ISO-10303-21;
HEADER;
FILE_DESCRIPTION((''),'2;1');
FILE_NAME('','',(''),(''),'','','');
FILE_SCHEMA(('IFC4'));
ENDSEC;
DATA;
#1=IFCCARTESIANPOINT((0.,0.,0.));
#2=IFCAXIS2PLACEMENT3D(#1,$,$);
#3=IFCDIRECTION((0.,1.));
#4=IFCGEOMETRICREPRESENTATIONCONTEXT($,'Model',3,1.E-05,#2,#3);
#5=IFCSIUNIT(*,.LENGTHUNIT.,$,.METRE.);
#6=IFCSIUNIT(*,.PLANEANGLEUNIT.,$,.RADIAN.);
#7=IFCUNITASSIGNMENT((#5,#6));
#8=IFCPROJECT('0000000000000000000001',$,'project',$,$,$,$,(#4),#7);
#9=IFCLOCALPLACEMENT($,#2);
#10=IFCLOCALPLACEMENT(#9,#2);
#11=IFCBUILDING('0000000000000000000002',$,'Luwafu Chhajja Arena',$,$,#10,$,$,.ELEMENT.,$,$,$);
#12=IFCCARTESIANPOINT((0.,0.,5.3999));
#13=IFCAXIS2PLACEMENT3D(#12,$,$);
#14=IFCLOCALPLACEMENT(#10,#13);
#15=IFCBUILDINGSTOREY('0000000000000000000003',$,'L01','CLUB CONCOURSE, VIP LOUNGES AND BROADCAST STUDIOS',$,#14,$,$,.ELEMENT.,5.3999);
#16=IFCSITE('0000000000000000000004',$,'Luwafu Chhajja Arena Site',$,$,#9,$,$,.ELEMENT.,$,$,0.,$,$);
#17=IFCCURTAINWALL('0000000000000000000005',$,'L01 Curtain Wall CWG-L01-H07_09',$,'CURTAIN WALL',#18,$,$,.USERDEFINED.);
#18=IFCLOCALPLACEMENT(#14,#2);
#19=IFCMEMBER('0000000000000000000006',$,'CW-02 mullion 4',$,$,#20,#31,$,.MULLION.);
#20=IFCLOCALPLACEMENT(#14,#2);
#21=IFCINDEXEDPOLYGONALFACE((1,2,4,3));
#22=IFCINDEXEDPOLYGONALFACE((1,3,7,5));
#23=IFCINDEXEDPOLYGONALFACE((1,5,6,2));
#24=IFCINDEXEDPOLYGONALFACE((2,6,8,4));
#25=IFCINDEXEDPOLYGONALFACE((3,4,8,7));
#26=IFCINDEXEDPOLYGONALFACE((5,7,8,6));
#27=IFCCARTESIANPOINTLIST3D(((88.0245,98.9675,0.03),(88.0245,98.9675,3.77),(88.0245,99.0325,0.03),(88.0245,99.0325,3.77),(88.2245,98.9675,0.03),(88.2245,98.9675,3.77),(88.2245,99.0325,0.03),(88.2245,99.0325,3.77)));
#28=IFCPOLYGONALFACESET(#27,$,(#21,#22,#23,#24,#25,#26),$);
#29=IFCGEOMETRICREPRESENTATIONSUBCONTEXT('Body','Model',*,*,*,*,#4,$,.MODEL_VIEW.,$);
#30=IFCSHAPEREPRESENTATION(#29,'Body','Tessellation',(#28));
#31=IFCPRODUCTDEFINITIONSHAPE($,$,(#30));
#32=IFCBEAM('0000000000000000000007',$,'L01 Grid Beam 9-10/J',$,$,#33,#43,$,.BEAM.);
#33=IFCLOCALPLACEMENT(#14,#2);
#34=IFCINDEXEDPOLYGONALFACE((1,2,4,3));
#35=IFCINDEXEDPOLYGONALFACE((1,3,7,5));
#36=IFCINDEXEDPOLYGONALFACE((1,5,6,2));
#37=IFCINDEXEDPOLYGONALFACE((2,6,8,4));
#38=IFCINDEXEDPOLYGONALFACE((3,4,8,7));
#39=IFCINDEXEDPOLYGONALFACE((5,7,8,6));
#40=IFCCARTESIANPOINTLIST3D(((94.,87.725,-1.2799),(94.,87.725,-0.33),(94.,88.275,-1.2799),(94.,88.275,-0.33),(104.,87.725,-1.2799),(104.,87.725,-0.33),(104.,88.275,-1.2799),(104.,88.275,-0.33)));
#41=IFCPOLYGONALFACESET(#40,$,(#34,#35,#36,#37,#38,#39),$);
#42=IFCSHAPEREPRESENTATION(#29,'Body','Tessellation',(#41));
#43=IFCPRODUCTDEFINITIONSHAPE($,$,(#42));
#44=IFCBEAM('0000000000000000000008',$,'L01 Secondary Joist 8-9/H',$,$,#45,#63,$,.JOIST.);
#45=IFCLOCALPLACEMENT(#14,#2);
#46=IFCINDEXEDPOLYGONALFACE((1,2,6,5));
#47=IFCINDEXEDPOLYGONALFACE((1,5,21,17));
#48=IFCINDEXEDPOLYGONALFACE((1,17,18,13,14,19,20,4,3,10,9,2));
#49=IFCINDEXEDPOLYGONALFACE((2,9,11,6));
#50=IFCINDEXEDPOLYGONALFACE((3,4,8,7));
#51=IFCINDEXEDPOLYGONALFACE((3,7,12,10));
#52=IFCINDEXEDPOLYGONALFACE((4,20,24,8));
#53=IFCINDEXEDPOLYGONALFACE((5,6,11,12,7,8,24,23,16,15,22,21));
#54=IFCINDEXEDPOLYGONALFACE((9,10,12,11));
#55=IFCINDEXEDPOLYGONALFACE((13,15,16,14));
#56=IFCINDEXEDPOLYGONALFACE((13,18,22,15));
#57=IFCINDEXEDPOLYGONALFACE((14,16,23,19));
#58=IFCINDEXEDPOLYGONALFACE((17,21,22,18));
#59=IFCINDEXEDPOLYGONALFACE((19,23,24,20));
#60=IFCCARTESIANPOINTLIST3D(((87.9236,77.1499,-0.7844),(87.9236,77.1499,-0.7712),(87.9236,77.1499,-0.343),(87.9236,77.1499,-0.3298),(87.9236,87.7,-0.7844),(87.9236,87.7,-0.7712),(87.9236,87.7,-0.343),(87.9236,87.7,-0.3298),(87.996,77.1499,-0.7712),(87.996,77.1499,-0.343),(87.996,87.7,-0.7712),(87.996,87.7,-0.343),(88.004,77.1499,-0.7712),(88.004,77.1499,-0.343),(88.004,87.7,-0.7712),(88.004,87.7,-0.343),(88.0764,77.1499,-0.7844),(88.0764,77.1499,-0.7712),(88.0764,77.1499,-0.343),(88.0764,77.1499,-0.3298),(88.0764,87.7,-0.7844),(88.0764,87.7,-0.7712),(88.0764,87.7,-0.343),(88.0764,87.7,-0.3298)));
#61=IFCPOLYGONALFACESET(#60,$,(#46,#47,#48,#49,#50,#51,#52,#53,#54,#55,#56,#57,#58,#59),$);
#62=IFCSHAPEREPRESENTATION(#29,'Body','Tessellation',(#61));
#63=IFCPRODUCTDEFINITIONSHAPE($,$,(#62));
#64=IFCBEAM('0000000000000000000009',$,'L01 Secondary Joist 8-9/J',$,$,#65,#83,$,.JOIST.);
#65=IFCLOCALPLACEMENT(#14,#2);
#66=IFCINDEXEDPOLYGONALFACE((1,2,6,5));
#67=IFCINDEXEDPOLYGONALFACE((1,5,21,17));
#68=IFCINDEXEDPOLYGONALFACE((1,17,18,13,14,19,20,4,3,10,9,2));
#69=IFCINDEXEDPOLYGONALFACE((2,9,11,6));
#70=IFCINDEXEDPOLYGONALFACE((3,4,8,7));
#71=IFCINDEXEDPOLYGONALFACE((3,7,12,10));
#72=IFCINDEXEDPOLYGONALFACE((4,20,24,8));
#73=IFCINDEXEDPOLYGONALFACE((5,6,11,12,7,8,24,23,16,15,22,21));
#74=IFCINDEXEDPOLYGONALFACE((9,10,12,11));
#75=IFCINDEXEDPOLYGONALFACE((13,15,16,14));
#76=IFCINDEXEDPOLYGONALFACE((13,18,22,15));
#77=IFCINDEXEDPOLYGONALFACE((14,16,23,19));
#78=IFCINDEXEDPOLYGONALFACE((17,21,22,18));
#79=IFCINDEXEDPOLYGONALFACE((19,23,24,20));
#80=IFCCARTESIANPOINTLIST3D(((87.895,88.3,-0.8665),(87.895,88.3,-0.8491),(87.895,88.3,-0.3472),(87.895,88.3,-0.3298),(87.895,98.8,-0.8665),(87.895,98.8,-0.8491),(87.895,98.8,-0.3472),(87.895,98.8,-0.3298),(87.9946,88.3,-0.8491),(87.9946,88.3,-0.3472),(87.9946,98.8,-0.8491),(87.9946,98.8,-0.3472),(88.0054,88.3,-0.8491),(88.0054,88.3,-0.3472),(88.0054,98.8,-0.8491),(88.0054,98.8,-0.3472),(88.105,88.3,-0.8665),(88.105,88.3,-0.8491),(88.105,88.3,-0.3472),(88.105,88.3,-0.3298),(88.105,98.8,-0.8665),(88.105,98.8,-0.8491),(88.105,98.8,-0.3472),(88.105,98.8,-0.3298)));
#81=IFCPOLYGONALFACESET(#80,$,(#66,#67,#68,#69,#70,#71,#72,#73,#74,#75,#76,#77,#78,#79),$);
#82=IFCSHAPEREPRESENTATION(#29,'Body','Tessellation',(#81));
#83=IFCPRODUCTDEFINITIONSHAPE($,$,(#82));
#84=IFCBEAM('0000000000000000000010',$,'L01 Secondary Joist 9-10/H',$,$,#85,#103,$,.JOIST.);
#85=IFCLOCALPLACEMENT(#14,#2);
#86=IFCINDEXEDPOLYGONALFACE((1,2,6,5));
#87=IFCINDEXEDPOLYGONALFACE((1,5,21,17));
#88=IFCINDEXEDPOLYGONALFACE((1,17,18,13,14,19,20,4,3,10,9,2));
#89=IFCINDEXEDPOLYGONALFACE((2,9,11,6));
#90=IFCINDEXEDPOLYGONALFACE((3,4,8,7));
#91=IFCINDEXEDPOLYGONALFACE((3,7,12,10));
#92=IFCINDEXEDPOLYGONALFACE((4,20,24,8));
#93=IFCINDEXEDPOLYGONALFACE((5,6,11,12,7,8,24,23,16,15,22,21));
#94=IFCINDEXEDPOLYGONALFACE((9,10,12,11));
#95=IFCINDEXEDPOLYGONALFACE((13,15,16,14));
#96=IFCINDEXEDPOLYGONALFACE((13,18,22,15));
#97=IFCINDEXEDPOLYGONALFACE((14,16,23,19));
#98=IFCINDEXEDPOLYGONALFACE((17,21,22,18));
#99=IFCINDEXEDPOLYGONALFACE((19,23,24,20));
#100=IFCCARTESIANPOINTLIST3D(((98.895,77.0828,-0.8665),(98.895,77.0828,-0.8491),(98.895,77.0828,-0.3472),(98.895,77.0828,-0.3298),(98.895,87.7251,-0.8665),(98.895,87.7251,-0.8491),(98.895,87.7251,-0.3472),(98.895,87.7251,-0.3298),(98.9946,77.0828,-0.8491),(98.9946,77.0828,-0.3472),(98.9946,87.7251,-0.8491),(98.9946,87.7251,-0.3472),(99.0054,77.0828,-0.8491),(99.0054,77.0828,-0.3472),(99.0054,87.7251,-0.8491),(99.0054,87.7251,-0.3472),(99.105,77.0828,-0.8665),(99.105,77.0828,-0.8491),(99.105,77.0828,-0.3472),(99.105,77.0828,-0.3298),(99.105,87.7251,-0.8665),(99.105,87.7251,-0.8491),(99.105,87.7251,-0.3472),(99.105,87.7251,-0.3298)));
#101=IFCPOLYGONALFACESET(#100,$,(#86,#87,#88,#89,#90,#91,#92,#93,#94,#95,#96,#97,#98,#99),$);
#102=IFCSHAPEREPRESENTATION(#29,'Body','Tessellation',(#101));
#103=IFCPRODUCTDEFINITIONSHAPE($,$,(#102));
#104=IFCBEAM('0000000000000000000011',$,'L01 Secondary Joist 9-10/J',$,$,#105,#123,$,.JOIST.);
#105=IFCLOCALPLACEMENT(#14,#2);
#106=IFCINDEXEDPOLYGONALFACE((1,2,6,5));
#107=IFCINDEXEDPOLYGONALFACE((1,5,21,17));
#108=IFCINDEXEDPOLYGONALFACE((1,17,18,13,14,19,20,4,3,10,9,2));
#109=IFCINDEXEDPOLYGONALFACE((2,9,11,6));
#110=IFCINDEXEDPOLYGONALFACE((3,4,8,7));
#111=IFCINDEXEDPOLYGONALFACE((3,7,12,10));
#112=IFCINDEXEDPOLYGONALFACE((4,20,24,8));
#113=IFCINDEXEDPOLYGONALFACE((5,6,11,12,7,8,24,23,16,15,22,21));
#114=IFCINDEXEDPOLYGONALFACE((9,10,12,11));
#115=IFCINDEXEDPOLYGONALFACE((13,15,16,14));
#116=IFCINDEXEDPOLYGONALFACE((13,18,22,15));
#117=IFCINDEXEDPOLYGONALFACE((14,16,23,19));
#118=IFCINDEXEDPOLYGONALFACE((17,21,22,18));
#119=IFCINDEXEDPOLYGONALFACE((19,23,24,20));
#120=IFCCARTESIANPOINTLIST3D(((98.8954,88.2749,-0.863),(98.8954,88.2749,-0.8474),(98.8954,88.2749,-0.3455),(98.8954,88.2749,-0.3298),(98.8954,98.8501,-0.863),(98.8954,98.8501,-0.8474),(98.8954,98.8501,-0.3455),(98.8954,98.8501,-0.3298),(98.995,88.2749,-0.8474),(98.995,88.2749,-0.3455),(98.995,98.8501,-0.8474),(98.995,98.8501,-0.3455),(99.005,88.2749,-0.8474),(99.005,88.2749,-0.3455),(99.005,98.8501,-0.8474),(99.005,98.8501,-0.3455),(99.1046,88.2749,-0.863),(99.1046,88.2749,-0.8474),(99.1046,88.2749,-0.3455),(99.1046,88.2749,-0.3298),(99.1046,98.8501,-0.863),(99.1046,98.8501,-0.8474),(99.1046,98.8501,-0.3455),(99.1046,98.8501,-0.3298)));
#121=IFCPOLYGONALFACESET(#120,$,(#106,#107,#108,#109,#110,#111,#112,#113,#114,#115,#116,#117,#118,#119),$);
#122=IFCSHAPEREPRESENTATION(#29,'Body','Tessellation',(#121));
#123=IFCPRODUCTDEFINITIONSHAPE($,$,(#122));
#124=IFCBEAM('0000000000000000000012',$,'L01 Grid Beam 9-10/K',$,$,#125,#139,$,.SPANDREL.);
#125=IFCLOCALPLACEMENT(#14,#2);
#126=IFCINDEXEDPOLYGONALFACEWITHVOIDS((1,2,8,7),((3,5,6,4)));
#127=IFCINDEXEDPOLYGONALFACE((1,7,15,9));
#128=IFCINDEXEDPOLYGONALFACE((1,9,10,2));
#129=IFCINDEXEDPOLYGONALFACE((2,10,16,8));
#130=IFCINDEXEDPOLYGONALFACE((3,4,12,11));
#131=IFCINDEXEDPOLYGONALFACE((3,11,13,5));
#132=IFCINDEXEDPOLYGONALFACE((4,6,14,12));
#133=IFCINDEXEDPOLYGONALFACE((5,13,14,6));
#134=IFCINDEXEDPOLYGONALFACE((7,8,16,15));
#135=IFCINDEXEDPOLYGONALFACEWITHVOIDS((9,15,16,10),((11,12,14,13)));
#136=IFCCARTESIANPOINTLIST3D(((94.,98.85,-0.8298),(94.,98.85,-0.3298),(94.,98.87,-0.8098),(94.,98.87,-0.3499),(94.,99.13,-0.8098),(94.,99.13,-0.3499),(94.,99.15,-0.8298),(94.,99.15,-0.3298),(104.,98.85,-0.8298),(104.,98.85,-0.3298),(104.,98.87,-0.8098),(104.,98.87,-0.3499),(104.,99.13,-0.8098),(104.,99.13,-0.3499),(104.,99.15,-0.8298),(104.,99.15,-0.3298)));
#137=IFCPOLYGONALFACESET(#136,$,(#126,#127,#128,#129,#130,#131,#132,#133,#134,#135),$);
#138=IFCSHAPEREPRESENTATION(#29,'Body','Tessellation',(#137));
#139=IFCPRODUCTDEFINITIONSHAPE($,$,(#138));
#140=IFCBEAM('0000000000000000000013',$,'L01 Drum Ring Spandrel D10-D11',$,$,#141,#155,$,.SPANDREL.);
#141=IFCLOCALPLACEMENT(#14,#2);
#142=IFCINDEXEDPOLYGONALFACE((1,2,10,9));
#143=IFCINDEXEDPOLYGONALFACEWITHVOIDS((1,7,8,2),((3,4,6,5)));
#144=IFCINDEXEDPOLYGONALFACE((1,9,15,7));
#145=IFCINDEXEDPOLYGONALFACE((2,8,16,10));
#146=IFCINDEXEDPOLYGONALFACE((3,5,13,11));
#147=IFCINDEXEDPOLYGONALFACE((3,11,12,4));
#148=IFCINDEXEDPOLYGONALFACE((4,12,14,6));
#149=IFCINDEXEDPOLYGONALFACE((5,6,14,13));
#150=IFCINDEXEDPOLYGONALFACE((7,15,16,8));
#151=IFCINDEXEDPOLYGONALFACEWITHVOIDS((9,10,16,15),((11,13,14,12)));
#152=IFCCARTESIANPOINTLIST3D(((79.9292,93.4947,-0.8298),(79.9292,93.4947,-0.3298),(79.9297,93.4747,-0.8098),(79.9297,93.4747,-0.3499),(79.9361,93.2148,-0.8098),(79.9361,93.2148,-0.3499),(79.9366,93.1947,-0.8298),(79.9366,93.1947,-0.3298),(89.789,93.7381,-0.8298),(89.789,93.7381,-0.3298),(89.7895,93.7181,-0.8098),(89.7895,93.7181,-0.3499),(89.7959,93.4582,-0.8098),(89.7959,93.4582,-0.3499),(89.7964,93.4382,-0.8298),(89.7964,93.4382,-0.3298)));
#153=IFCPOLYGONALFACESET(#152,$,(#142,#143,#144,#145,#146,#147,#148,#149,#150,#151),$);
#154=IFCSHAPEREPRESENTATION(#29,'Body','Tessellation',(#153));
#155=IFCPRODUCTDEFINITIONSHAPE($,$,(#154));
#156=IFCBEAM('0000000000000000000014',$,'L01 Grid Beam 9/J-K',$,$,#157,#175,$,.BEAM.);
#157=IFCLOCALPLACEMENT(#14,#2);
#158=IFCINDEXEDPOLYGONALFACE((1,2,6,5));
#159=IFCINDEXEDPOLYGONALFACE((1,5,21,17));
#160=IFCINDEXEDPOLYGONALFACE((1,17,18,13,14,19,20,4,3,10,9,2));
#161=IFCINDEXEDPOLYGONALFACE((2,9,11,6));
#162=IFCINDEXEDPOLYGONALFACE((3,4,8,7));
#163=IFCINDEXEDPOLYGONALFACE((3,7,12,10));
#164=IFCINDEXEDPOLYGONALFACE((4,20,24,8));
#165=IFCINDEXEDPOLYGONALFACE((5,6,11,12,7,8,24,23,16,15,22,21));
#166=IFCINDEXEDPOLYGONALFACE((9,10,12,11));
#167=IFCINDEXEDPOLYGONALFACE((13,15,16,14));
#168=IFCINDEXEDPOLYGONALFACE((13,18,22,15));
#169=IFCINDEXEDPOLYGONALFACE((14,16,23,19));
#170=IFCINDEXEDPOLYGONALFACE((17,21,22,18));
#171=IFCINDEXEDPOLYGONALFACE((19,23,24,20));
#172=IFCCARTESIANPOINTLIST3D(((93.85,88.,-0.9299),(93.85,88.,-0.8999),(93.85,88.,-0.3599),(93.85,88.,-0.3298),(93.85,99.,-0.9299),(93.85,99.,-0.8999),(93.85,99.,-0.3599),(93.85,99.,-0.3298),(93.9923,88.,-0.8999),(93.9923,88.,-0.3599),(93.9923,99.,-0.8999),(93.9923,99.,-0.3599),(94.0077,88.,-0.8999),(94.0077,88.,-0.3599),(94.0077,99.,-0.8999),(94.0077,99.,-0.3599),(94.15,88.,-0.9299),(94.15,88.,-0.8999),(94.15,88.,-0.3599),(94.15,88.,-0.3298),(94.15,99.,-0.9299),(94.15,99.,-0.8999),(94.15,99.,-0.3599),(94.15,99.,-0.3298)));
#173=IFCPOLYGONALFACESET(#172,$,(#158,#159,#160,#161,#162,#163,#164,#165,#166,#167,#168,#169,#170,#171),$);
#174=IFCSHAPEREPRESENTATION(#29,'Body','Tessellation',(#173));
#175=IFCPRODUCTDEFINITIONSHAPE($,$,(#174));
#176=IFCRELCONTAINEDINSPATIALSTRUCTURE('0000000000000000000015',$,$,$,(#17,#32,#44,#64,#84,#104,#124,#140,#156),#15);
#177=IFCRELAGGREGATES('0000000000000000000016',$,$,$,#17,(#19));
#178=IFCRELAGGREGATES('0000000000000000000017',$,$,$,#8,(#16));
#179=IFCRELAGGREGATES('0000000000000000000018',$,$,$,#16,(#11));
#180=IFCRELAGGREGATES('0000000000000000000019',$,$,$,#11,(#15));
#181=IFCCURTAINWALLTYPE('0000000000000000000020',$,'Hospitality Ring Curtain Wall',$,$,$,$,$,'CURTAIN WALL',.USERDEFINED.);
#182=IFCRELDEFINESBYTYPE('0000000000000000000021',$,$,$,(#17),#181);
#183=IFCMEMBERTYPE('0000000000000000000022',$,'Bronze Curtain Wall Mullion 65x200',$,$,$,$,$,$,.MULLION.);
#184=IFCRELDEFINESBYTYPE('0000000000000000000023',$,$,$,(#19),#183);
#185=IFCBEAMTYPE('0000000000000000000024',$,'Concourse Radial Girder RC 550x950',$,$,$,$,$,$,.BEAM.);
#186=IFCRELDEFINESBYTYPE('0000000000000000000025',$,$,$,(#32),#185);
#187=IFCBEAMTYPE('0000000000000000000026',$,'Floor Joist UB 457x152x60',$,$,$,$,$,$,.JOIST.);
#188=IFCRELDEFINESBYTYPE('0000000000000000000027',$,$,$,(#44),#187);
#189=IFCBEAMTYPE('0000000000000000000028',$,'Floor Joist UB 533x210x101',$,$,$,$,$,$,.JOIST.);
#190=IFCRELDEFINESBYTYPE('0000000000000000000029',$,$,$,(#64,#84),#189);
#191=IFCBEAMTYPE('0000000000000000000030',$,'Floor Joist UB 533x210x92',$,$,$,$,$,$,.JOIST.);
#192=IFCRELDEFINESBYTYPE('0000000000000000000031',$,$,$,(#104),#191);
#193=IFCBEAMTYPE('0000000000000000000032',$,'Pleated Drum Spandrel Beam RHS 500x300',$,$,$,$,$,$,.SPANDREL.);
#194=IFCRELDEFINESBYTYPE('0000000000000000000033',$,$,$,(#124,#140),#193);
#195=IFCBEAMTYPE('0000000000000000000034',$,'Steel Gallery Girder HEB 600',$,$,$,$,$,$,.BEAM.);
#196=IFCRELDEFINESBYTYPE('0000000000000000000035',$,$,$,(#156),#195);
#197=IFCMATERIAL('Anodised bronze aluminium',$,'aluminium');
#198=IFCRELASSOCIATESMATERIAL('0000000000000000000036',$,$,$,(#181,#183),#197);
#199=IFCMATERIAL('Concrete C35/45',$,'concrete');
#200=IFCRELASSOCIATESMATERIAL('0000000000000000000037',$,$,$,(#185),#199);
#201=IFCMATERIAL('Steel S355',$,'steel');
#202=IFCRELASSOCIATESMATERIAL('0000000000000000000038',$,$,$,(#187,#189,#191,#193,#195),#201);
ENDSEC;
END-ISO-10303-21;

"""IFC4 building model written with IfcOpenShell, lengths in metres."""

from ifc_helpers import new_model, si_unit, direction, frame, origin, origin_2d, place, context, subcontext, project, spatial, rectangle, hollow_rectangle, i_section, extrude, material, material_profile, profile_set, type_object, element, aggregate, save


model = new_model("IFC4")

# Units and contexts
model_context = context("Model", 3, precision=1e-05, world=origin(), true_north=direction((0.0, 1.0)))
body_context = subcontext(model_context, "Body", "Model", "MODEL_VIEW")
ifc_project = project(units=[si_unit("LENGTHUNIT", "METRE"), si_unit("PLANEANGLEUNIT", "RADIAN")], contexts=[model_context])

# Site, building, storey
site_placement = place(None, origin())
site = spatial("IfcSite", under=ifc_project, at=site_placement, Name="Luwafu Chhajja Arena Site", CompositionType="ELEMENT", RefElevation=0.0)
building_placement = place(site_placement, origin())
building = spatial("IfcBuilding", under=site, at=building_placement, Name="Luwafu Chhajja Arena", CompositionType="ELEMENT")
storey_placement = place(building_placement, frame((0.0, 0.0, 5.3999)))
storey = spatial("IfcBuildingStorey", under=building, at=storey_placement, Name="L01", Description="CLUB CONCOURSE, VIP LOUNGES AND BROADCAST STUDIOS", CompositionType="ELEMENT", Elevation=5.3999)

# Shared definitions
ifc_material_1 = material(Name="Concrete C35/45", Category="concrete")
ifc_material_2 = material(Name="Steel S355", Category="steel")

# Curtain wall, member
ifc_material_3 = material(Name="Anodised bronze aluminium", Category="aluminium")
curtain_wall_type = type_object("IfcCurtainWallType", Name="Hospitality Ring Curtain Wall", ElementType="CURTAIN WALL", PredefinedType="USERDEFINED", material=ifc_material_3)
curtain_wall_placement = place(storey_placement, origin())
curtain_wall = element("IfcCurtainWall", 1, at=curtain_wall_placement, inside=storey, type_object=curtain_wall_type, Name="L01 Curtain Wall CWG-L01-H07_09", ObjectType="CURTAIN WALL", PredefinedType="USERDEFINED")
ifc_material_profile_1 = material_profile(ifc_material_3, rectangle(XDim=0.0649, YDim=0.2, at=origin_2d()), Name="CWM 65x200")
ifc_profile_set_1 = profile_set([ifc_material_profile_1], Name="Anodised bronze aluminium")
member_type = type_object("IfcMemberType", Name="Bronze Curtain Wall Mullion 65x200", PredefinedType="MULLION", material=ifc_profile_set_1)
member_placement = place(storey_placement, frame((88.1245, 99.0, 0.03), z_axis=(0.0, 0.0, 1.0), x_axis=(0.0, 1.0, 0.0)))
member = element("IfcMember", 2, at=member_placement, type_object=member_type, Name="CW-02 mullion 4", PredefinedType="MULLION", context=body_context, shape_type="SweptSolid", body=[
    extrude(rectangle(XDim=0.0649, YDim=0.2, at=origin_2d()), origin(), (0.0, 0.0, 1.0), 3.74),
])

# Beams
ifc_material_profile_2 = material_profile(ifc_material_1, rectangle(XDim=0.55, YDim=0.95, at=origin_2d()), Name="RC 550x950")
ifc_profile_set_2 = profile_set([ifc_material_profile_2], Name="Concrete C35/45")
beam_type_1 = type_object("IfcBeamType", Name="Concourse Radial Girder RC 550x950", PredefinedType="BEAM", material=ifc_profile_set_2)
beam_1_placement = place(storey_placement, frame((94.0, 88.0, -0.8049), z_axis=(1.0, 0.0, 0.0), x_axis=(0.0, 1.0, 0.0)))
element("IfcBeam", 3, at=beam_1_placement, inside=storey, type_object=beam_type_1, Name="L01 Grid Beam 9-10/J", PredefinedType="BEAM", context=body_context, shape_type="SweptSolid", body=[
    extrude(rectangle(XDim=0.55, YDim=0.95, at=origin_2d()), origin(), (0.0, 0.0, 1.0), 10.0),
])
ifc_material_profile_3 = material_profile(ifc_material_2, i_section(OverallWidth=0.1528, OverallDepth=0.4546, WebThickness=0.0081, FlangeThickness=0.0132, at=origin_2d()), Name="UB 457x152x60")
ifc_profile_set_3 = profile_set([ifc_material_profile_3], Name="Steel S355")
beam_type_2 = type_object("IfcBeamType", Name="Floor Joist UB 457x152x60", PredefinedType="JOIST", material=ifc_profile_set_3)
beam_2_placement = place(storey_placement, frame((88.0, 77.1499, -0.5571), z_axis=(0.0, 1.0, 0.0), x_axis=(-1.0, 0.0, 0.0)))
element("IfcBeam", 4, at=beam_2_placement, inside=storey, type_object=beam_type_2, Name="L01 Secondary Joist 8-9/H", PredefinedType="JOIST", context=body_context, shape_type="SweptSolid", body=[
    extrude(i_section(OverallWidth=0.1528, OverallDepth=0.4546, WebThickness=0.0081, FlangeThickness=0.0132, at=origin_2d()), origin(), (0.0, 0.0, 1.0), 10.55),
])
ifc_material_profile_4 = material_profile(ifc_material_2, i_section(OverallWidth=0.21, OverallDepth=0.5366, WebThickness=0.0107, FlangeThickness=0.0173, at=origin_2d()), Name="UB 533x210x101")
ifc_profile_set_4 = profile_set([ifc_material_profile_4], Name="Steel S355")
beam_type_3 = type_object("IfcBeamType", Name="Floor Joist UB 533x210x101", PredefinedType="JOIST", material=ifc_profile_set_4)
beam_3_placement = place(storey_placement, frame((88.0, 88.3, -0.5981), z_axis=(0.0, 1.0, 0.0), x_axis=(-1.0, 0.0, 0.0)))
element("IfcBeam", 5, at=beam_3_placement, inside=storey, type_object=beam_type_3, Name="L01 Secondary Joist 8-9/J", PredefinedType="JOIST", context=body_context, shape_type="SweptSolid", body=[
    extrude(i_section(OverallWidth=0.21, OverallDepth=0.5366, WebThickness=0.0107, FlangeThickness=0.0173, at=origin_2d()), origin(), (0.0, 0.0, 1.0), 10.5),
])
beam_4_placement = place(storey_placement, frame((99.0, 77.0828, -0.5981), z_axis=(0.0, 1.0, 0.0), x_axis=(-1.0, 0.0, 0.0)))
element("IfcBeam", 6, at=beam_4_placement, inside=storey, type_object=beam_type_3, Name="L01 Secondary Joist 9-10/H", PredefinedType="JOIST", context=body_context, shape_type="SweptSolid", body=[
    extrude(i_section(OverallWidth=0.21, OverallDepth=0.5366, WebThickness=0.0107, FlangeThickness=0.0173, at=origin_2d()), origin(), (0.0, 0.0, 1.0), 10.6423),
])
ifc_material_profile_5 = material_profile(ifc_material_2, i_section(OverallWidth=0.2092, OverallDepth=0.5332, WebThickness=0.01, FlangeThickness=0.0156, at=origin_2d()), Name="UB 533x210x92")
ifc_profile_set_5 = profile_set([ifc_material_profile_5], Name="Steel S355")
beam_type_4 = type_object("IfcBeamType", Name="Floor Joist UB 533x210x92", PredefinedType="JOIST", material=ifc_profile_set_5)
beam_5_placement = place(storey_placement, frame((99.0, 88.2749, -0.5964), z_axis=(0.0, 1.0, 0.0), x_axis=(-1.0, 0.0, 0.0)))
element("IfcBeam", 7, at=beam_5_placement, inside=storey, type_object=beam_type_4, Name="L01 Secondary Joist 9-10/J", PredefinedType="JOIST", context=body_context, shape_type="SweptSolid", body=[
    extrude(i_section(OverallWidth=0.2092, OverallDepth=0.5332, WebThickness=0.01, FlangeThickness=0.0156, at=origin_2d()), origin(), (0.0, 0.0, 1.0), 10.5752),
])
ifc_material_profile_6 = material_profile(ifc_material_2, hollow_rectangle(XDim=0.3, YDim=0.5, WallThickness=0.02, at=origin_2d()), Name="RHS 500x300x20")
ifc_profile_set_6 = profile_set([ifc_material_profile_6], Name="Steel S355")
beam_type_5 = type_object("IfcBeamType", Name="Pleated Drum Spandrel Beam RHS 500x300", PredefinedType="SPANDREL", material=ifc_profile_set_6)
beam_6_placement = place(storey_placement, frame((94.0, 99.0, -0.5798), z_axis=(1.0, 0.0, 0.0), x_axis=(0.0, 1.0, 0.0)))
element("IfcBeam", 8, at=beam_6_placement, inside=storey, type_object=beam_type_5, Name="L01 Grid Beam 9-10/K", PredefinedType="SPANDREL", context=body_context, shape_type="SweptSolid", body=[
    extrude(hollow_rectangle(XDim=0.3, YDim=0.5, WallThickness=0.02, at=origin_2d()), origin(), (0.0, 0.0, 1.0), 10.0),
])
beam_7_placement = place(storey_placement, frame((89.7927, 93.5881, -0.5798), z_axis=(-0.999695, -0.024679, 0.0), x_axis=(0.024679, -0.999695, 0.0)))
element("IfcBeam", 9, at=beam_7_placement, inside=storey, type_object=beam_type_5, Name="L01 Drum Ring Spandrel D10-D11", PredefinedType="SPANDREL", context=body_context, shape_type="SweptSolid", body=[
    extrude(hollow_rectangle(XDim=0.3, YDim=0.5, WallThickness=0.02, at=origin_2d()), origin(), (0.0, 0.0, 1.0), 9.8628),
])
ifc_material_profile_7 = material_profile(ifc_material_2, i_section(OverallWidth=0.3, OverallDepth=0.6001, WebThickness=0.0154, FlangeThickness=0.03, at=origin_2d()), Name="HEB 600")
ifc_profile_set_7 = profile_set([ifc_material_profile_7], Name="Steel S355")
beam_type_6 = type_object("IfcBeamType", Name="Steel Gallery Girder HEB 600", PredefinedType="BEAM", material=ifc_profile_set_7)
beam_8_placement = place(storey_placement, frame((94.0, 88.0, -0.6299), z_axis=(0.0, 1.0, 0.0), x_axis=(-1.0, 0.0, 0.0)))
element("IfcBeam", 10, at=beam_8_placement, inside=storey, type_object=beam_type_6, Name="L01 Grid Beam 9/J-K", PredefinedType="BEAM", context=body_context, shape_type="SweptSolid", body=[
    extrude(i_section(OverallWidth=0.3, OverallDepth=0.6001, WebThickness=0.0154, FlangeThickness=0.03, at=origin_2d()), origin(), (0.0, 0.0, 1.0), 11.0),
])

aggregate(curtain_wall, [member])

save(model, "model.ifc")
